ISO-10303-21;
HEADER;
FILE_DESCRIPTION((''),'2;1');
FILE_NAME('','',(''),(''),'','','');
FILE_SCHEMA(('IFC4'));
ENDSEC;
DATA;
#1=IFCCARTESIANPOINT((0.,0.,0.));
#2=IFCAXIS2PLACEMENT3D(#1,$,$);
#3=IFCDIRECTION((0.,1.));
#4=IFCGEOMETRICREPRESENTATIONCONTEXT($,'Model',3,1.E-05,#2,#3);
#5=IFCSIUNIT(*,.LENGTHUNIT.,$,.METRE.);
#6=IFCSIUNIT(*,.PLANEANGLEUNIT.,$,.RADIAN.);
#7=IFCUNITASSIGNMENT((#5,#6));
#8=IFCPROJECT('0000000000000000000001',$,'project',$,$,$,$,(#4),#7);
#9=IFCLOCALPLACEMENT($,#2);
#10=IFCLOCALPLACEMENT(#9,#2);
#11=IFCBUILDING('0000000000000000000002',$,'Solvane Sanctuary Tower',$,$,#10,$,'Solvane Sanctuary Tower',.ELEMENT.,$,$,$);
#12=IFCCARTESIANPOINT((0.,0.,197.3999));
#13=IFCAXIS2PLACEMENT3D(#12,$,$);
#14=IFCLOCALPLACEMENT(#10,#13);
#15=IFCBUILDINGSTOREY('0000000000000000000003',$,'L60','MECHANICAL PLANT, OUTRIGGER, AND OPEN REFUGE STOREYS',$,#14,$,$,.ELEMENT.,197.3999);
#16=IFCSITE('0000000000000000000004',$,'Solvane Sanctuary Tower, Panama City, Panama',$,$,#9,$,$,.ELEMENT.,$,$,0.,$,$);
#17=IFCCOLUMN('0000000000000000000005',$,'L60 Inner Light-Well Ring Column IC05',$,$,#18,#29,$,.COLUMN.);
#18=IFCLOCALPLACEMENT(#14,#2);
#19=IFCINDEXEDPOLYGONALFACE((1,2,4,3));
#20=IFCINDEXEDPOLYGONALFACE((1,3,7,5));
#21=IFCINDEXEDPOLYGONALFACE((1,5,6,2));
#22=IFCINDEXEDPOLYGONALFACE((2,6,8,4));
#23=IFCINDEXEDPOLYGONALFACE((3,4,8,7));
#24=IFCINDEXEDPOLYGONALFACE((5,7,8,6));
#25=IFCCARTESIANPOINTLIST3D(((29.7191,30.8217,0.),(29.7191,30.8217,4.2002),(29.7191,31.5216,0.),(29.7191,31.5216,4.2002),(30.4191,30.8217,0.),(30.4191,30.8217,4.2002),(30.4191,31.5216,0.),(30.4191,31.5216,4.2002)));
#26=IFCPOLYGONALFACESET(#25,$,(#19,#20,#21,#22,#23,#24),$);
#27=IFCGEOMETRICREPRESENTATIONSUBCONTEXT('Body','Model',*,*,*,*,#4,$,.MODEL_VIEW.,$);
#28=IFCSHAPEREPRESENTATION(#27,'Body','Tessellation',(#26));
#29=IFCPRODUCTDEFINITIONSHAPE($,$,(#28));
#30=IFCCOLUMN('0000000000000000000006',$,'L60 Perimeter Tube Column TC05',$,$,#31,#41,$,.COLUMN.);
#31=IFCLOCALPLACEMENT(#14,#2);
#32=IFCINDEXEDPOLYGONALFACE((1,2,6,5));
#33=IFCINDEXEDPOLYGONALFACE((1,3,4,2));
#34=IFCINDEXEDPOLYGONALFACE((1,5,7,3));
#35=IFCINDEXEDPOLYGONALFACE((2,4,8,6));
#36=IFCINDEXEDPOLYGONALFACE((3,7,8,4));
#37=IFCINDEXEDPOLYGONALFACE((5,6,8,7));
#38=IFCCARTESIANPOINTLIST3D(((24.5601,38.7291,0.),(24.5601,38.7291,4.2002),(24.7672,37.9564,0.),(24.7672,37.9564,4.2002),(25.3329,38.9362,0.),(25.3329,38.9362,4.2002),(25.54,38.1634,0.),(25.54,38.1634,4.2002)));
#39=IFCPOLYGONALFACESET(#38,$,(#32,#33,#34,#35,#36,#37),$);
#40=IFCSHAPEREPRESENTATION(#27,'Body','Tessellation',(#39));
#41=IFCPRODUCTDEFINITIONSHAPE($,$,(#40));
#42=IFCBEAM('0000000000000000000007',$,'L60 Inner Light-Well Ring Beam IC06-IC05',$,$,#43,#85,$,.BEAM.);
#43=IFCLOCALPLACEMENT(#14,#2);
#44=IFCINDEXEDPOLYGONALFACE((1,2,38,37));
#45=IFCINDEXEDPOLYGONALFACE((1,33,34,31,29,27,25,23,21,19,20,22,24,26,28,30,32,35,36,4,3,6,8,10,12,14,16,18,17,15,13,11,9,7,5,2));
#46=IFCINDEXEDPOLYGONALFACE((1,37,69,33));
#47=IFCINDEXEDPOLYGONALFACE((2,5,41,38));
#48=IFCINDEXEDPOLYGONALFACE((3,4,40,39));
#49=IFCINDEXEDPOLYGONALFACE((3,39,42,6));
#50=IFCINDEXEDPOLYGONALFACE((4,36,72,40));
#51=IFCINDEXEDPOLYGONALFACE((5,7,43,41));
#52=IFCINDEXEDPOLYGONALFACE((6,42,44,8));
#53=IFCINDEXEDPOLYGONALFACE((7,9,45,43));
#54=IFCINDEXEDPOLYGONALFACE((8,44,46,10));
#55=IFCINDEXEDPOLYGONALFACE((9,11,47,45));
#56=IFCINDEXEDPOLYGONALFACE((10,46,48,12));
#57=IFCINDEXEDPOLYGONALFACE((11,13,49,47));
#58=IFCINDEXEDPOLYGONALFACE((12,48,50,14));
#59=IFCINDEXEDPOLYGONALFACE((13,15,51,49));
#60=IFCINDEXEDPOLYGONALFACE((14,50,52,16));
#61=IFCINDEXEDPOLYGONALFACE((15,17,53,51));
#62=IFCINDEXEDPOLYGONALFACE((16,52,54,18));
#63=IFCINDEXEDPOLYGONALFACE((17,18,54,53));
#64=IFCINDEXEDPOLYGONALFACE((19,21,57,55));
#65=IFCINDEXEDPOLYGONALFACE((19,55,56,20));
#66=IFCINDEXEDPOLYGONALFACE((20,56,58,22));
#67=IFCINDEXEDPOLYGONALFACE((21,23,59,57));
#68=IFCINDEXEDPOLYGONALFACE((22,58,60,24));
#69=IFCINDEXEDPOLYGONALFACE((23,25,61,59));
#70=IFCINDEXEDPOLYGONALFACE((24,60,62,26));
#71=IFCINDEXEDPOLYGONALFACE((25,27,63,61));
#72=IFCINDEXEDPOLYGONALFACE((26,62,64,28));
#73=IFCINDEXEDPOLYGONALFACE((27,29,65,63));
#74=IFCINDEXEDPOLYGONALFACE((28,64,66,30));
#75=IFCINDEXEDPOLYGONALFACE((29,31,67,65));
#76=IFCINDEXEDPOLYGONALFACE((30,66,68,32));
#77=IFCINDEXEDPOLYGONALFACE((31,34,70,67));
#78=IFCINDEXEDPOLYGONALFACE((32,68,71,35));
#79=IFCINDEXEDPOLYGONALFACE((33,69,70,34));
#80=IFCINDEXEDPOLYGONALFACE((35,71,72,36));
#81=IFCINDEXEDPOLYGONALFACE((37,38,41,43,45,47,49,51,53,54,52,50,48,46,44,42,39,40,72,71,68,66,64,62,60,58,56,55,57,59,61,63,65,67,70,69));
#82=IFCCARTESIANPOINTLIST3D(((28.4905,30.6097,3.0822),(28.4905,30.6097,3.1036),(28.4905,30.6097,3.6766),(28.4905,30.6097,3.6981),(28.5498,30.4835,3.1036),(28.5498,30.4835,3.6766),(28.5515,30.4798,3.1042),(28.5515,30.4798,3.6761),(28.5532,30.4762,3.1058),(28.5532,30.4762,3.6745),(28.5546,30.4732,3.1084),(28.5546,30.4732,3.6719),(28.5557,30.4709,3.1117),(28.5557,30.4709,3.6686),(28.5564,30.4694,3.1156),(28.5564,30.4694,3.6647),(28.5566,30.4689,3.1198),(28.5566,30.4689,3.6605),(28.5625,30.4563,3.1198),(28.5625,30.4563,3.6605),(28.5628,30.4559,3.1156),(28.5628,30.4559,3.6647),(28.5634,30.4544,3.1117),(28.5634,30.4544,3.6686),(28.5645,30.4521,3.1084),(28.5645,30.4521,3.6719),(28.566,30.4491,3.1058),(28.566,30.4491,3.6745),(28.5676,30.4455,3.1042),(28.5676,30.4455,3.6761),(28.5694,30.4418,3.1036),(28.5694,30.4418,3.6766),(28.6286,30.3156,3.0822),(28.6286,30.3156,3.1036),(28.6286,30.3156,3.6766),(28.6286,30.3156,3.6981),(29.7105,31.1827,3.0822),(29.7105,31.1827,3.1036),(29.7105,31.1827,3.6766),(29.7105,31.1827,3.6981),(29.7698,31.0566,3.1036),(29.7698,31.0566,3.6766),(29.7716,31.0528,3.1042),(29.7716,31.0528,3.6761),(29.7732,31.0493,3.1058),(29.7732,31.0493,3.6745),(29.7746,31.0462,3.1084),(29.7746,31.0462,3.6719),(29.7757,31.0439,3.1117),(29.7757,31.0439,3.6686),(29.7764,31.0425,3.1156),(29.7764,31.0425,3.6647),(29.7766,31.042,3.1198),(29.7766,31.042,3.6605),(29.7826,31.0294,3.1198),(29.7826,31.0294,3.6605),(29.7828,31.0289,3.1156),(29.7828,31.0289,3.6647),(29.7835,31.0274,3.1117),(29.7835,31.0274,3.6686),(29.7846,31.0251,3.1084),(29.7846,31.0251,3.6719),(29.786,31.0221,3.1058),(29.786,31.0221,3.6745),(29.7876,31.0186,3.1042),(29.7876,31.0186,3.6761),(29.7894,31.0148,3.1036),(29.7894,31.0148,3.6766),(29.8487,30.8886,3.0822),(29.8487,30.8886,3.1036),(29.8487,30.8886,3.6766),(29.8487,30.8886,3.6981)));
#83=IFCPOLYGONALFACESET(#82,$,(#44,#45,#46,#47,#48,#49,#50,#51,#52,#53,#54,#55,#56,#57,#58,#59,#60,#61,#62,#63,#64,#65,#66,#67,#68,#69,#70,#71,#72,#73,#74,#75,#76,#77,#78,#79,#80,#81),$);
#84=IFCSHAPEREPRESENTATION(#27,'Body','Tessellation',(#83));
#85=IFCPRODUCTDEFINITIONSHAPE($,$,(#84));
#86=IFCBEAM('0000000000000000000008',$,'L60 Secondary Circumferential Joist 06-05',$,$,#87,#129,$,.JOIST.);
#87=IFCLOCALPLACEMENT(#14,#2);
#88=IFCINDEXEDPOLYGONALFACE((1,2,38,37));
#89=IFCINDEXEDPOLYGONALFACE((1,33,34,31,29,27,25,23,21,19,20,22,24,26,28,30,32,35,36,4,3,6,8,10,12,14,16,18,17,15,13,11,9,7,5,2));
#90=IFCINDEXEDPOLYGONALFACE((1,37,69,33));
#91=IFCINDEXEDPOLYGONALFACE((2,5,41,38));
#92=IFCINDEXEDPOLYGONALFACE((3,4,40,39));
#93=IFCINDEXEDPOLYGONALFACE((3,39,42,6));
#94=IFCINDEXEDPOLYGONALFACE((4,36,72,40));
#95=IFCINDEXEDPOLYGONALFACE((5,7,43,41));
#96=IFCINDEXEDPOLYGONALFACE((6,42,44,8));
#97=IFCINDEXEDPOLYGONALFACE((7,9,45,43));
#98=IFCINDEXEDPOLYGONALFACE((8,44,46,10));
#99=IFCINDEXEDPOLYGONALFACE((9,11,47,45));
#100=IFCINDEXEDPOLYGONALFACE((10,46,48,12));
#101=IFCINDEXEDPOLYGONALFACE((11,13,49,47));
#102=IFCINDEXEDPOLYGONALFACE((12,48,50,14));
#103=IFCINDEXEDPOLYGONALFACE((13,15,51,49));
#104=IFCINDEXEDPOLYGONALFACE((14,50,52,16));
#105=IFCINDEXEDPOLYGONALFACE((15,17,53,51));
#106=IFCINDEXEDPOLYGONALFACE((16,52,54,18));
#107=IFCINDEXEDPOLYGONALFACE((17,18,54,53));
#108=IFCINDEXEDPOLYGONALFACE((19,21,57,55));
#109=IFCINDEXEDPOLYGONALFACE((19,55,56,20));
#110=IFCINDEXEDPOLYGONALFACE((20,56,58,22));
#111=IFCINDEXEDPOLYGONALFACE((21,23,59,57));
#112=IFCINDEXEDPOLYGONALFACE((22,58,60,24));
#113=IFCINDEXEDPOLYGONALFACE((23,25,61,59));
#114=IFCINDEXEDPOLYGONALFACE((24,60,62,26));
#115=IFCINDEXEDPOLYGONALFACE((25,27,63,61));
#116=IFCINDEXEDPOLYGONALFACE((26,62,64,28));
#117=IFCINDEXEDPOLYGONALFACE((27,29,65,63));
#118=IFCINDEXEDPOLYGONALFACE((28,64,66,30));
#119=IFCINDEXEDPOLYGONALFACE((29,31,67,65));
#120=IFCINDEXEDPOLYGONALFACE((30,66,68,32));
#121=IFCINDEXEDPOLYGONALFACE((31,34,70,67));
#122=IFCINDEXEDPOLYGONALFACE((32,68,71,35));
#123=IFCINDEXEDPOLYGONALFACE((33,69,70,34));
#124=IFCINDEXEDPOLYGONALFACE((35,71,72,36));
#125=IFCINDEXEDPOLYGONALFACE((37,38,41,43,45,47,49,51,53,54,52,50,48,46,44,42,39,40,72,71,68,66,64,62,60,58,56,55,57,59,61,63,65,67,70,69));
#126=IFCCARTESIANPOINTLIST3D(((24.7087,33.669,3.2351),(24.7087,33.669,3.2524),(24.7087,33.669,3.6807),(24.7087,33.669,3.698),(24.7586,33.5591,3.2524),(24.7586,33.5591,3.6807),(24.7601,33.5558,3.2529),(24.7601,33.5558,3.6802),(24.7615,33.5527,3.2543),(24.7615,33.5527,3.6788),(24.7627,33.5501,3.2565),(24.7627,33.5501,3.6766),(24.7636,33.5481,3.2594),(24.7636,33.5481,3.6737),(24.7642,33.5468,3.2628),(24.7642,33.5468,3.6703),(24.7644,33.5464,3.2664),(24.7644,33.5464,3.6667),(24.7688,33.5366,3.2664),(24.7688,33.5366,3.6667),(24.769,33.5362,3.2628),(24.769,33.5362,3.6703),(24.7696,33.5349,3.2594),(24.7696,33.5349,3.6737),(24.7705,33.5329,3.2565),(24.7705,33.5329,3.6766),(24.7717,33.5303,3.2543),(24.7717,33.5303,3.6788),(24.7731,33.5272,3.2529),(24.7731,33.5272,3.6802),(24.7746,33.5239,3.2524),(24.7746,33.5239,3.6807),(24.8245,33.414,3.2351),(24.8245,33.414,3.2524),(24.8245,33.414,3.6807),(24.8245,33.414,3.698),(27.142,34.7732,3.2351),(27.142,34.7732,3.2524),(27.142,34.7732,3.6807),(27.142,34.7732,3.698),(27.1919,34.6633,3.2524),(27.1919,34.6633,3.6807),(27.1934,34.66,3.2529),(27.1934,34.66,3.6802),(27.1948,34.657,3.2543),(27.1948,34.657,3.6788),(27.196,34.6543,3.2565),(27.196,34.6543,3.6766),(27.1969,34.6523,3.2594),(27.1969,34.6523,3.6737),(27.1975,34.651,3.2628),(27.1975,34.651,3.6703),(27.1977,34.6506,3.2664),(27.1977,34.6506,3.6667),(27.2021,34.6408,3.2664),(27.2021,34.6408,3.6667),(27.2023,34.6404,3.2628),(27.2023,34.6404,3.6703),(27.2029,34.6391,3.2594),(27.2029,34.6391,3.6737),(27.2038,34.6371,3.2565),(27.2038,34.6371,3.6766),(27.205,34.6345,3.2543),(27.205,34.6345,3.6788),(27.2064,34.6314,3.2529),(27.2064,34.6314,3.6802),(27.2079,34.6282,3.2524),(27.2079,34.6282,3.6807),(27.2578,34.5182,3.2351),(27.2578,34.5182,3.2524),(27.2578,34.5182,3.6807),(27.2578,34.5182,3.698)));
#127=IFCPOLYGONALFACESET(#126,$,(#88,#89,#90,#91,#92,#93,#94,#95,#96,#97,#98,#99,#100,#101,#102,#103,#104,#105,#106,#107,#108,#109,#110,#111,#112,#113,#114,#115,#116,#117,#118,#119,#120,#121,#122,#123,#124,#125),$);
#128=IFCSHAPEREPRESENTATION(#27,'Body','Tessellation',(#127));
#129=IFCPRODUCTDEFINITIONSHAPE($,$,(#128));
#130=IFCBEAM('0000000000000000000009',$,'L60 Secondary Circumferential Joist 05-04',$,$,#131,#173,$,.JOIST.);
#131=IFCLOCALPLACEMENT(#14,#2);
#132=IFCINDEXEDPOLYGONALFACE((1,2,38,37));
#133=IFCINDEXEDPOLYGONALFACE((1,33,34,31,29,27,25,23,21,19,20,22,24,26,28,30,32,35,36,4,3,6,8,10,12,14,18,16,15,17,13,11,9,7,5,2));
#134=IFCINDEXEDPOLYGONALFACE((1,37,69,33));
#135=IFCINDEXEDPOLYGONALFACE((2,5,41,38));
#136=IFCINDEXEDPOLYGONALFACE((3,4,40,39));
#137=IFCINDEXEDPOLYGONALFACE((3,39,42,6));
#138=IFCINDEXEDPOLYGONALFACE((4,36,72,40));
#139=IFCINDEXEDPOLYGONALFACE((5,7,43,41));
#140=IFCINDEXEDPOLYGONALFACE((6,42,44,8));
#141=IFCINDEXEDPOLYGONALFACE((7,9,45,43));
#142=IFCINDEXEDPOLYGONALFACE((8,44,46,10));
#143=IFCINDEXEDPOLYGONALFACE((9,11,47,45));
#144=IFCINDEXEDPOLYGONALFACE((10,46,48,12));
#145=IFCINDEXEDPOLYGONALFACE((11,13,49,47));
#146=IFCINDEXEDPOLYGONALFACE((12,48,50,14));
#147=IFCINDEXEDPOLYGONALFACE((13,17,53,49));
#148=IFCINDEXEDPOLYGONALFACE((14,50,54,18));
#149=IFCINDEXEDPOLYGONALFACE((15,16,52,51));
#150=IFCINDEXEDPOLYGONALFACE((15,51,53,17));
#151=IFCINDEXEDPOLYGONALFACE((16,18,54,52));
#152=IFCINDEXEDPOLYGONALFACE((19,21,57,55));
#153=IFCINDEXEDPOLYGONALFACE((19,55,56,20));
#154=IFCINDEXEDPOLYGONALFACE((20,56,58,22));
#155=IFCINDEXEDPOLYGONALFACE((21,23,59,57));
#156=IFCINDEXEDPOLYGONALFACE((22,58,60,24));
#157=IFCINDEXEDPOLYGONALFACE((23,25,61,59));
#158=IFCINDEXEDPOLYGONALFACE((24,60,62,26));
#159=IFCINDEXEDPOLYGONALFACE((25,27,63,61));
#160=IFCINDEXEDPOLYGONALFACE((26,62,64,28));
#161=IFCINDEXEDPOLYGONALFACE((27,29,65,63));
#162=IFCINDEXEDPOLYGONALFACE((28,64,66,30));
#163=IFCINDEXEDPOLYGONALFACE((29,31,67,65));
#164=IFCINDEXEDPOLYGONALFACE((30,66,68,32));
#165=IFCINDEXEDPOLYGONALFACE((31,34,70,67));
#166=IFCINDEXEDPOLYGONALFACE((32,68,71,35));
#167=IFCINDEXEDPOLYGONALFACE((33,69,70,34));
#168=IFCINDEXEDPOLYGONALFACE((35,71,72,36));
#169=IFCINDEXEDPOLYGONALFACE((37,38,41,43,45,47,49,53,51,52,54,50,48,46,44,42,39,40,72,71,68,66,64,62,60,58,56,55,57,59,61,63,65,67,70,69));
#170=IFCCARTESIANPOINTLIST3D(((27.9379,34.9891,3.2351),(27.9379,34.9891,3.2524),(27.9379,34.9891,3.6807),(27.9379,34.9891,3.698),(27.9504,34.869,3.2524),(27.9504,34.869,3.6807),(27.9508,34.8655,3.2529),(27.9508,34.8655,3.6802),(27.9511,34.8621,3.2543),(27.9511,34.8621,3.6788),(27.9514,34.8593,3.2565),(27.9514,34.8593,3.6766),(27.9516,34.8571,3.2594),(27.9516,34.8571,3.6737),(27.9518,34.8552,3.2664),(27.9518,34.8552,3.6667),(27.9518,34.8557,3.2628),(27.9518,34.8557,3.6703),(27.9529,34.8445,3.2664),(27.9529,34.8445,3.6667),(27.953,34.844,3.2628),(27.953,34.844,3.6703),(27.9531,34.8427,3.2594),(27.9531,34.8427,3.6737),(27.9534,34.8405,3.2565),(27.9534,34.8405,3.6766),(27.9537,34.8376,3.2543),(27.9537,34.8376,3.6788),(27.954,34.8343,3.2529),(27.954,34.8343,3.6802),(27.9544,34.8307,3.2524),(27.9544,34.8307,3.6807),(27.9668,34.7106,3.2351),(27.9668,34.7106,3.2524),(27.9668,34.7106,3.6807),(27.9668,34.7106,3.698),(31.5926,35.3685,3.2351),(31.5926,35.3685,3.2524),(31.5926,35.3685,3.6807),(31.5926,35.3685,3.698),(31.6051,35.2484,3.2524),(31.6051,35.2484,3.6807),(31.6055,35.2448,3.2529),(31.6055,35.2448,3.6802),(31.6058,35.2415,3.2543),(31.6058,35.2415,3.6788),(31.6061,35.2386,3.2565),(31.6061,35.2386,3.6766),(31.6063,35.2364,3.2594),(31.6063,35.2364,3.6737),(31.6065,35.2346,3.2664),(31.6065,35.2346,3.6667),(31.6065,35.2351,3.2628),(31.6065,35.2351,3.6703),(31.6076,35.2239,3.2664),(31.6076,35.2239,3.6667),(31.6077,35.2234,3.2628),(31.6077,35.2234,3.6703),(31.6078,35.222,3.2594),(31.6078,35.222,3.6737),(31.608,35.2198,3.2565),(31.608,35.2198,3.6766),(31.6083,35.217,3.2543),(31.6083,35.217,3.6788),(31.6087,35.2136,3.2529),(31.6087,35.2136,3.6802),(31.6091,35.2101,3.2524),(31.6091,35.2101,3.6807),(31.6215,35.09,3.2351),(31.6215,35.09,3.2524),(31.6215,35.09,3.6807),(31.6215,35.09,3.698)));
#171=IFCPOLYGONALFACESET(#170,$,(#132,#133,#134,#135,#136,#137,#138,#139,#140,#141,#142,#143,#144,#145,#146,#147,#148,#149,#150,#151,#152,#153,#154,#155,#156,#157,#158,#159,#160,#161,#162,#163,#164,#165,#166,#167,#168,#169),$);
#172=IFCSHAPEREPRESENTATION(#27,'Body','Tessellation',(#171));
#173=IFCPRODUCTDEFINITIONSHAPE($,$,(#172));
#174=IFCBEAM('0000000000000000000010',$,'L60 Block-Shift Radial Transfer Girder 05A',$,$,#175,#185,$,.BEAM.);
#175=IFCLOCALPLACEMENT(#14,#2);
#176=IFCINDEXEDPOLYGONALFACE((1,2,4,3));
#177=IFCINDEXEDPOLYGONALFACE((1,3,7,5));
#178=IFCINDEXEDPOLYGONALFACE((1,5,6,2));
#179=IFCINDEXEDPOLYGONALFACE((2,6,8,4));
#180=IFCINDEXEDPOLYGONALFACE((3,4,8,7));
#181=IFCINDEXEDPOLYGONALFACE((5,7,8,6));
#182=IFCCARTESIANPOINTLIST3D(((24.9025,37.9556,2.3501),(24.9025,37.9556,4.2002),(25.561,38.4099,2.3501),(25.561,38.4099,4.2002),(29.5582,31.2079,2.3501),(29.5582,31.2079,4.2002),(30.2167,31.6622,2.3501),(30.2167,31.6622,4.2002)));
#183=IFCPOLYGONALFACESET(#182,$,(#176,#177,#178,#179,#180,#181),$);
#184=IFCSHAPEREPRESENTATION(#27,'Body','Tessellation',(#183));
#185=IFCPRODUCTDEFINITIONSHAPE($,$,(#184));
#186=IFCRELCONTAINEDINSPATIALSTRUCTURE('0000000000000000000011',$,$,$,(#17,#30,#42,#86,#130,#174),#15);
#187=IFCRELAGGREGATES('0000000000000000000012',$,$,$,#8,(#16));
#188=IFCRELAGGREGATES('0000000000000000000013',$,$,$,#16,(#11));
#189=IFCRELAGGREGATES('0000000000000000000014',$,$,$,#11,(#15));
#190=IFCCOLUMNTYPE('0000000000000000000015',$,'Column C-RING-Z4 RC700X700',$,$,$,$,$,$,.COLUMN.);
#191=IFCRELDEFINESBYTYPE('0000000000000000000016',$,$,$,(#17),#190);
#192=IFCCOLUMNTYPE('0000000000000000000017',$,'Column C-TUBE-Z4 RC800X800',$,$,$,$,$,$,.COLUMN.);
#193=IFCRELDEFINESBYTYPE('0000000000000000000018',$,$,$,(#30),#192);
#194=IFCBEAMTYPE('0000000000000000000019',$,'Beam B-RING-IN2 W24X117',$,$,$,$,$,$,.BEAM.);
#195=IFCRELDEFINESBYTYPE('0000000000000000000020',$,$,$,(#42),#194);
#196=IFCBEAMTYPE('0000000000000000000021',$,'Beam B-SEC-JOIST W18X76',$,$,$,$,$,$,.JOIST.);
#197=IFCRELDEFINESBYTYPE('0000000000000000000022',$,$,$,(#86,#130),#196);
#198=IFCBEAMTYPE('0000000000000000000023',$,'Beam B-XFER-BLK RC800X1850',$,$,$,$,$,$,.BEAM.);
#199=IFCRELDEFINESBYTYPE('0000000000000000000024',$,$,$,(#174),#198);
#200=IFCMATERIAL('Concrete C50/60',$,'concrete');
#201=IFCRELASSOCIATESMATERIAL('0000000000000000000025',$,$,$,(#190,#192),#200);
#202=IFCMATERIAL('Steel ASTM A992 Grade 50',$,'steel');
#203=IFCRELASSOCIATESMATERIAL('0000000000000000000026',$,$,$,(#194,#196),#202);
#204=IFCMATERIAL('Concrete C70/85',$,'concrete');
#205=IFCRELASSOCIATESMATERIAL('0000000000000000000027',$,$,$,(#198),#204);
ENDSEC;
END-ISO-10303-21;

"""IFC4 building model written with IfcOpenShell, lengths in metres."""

from ifc_helpers import new_model, si_unit, direction, frame, origin, origin_2d, place, context, subcontext, project, spatial, rectangle, i_section, extrude, material, material_profile, profile_set, type_object, element, save


model = new_model("IFC4")

# Units and contexts
model_context = context("Model", 3, precision=1e-05, world=origin(), true_north=direction((0.0, 1.0)))
body_context = subcontext(model_context, "Body", "Model", "MODEL_VIEW")
ifc_project = project(units=[si_unit("LENGTHUNIT", "METRE"), si_unit("PLANEANGLEUNIT", "RADIAN")], contexts=[model_context])

# Site, building, storey
site_placement = place(None, origin())
site = spatial("IfcSite", under=ifc_project, at=site_placement, Name="Solvane Sanctuary Tower, Panama City, Panama", CompositionType="ELEMENT", RefElevation=0.0)
building_placement = place(site_placement, origin())
building = spatial("IfcBuilding", under=site, at=building_placement, Name="Solvane Sanctuary Tower", LongName="Solvane Sanctuary Tower", CompositionType="ELEMENT")
storey_placement = place(building_placement, frame((0.0, 0.0, 197.3999)))
storey = spatial("IfcBuildingStorey", under=building, at=storey_placement, Name="L60", Description="MECHANICAL PLANT, OUTRIGGER, AND OPEN REFUGE STOREYS", CompositionType="ELEMENT", Elevation=197.3999)

# Columns
ifc_material_1 = material(Name="Concrete C50/60", Category="concrete")
ifc_material_profile_1 = material_profile(ifc_material_1, rectangle(XDim=0.7, YDim=0.7, at=origin_2d()), Name="RC700X700")
ifc_profile_set_1 = profile_set([ifc_material_profile_1], Name="Concrete C50/60")
column_type_1 = type_object("IfcColumnType", Name="Column C-RING-Z4 RC700X700", PredefinedType="COLUMN", material=ifc_profile_set_1)
column_1_placement = place(storey_placement, frame((30.0691, 31.1716, 0.0), z_axis=(0.0, 0.0, 1.0), x_axis=(1.0, 0.0, 0.0)))
element("IfcColumn", 1, at=column_1_placement, inside=storey, type_object=column_type_1, Name="L60 Inner Light-Well Ring Column IC05", PredefinedType="COLUMN", context=body_context, shape_type="SweptSolid", body=[
    extrude(rectangle(XDim=0.7, YDim=0.7, at=origin_2d()), origin(), (0.0, 0.0, 1.0), 4.2002),
])
ifc_material_profile_2 = material_profile(ifc_material_1, rectangle(XDim=0.8, YDim=0.8, at=origin_2d()), Name="RC800X800")
ifc_profile_set_2 = profile_set([ifc_material_profile_2], Name="Concrete C50/60")
column_type_2 = type_object("IfcColumnType", Name="Column C-TUBE-Z4 RC800X800", PredefinedType="COLUMN", material=ifc_profile_set_2)
column_2_placement = place(storey_placement, frame((25.05, 38.4463, 0.0), z_axis=(0.0, 0.0, 1.0), x_axis=(-0.258819, 0.965926, 0.0)))
element("IfcColumn", 2, at=column_2_placement, inside=storey, type_object=column_type_2, Name="L60 Perimeter Tube Column TC05", PredefinedType="COLUMN", context=body_context, shape_type="SweptSolid", body=[
    extrude(rectangle(XDim=0.8, YDim=0.8, at=origin_2d()), origin(), (0.0, 0.0, 1.0), 4.2002),
])

# Beams
ifc_material_2 = material(Name="Steel ASTM A992 Grade 50", Category="steel")
ifc_material_profile_3 = material_profile(ifc_material_2, i_section(OverallWidth=0.325, OverallDepth=0.616, WebThickness=0.0139, FlangeThickness=0.0215, FilletRadius=0.0161, at=origin_2d()), Name="W24X117")
ifc_profile_set_3 = profile_set([ifc_material_profile_3], Name="Steel ASTM A992 Grade 50")
beam_type_1 = type_object("IfcBeamType", Name="Beam B-RING-IN2 W24X117", PredefinedType="BEAM", material=ifc_profile_set_3)
beam_1_placement = place(storey_placement, frame((28.5596, 30.4626, 3.3901), z_axis=(0.905135, 0.425125, 0.0), x_axis=(-0.425125, 0.905135, 0.0)))
element("IfcBeam", 3, at=beam_1_placement, inside=storey, type_object=beam_type_1, Name="L60 Inner Light-Well Ring Beam IC06-IC05", PredefinedType="BEAM", context=body_context, shape_type="SweptSolid", body=[
    extrude(i_section(OverallWidth=0.325, OverallDepth=0.616, WebThickness=0.0139, FlangeThickness=0.0215, FilletRadius=0.0161, at=origin_2d()), origin(), (0.0, 0.0, 1.0), 1.3479),
])
ifc_material_profile_4 = material_profile(ifc_material_2, i_section(OverallWidth=0.28, OverallDepth=0.4629, WebThickness=0.0107, FlangeThickness=0.0173, FilletRadius=0.0139, at=origin_2d()), Name="W18X76")
ifc_profile_set_4 = profile_set([ifc_material_profile_4], Name="Steel ASTM A992 Grade 50")
beam_type_2 = type_object("IfcBeamType", Name="Beam B-SEC-JOIST W18X76", PredefinedType="JOIST", material=ifc_profile_set_4)
beam_2_placement = place(storey_placement, frame((24.7666, 33.5415, 3.4666), z_axis=(0.910623, 0.413238, 0.0), x_axis=(-0.413238, 0.910623, 0.0)))
element("IfcBeam", 4, at=beam_2_placement, inside=storey, type_object=beam_type_2, Name="L60 Secondary Circumferential Joist 06-05", PredefinedType="JOIST", context=body_context, shape_type="SweptSolid", body=[
    extrude(i_section(OverallWidth=0.28, OverallDepth=0.4629, WebThickness=0.0107, FlangeThickness=0.0173, FilletRadius=0.0139, at=origin_2d()), origin(), (0.0, 0.0, 1.0), 2.6721),
])
beam_3_placement = place(storey_placement, frame((27.9524, 34.8499, 3.4666), z_axis=(0.994655, 0.103253, 0.0), x_axis=(-0.103253, 0.994655, 0.0)))
element("IfcBeam", 5, at=beam_3_placement, inside=storey, type_object=beam_type_2, Name="L60 Secondary Circumferential Joist 05-04", PredefinedType="JOIST", context=body_context, shape_type="SweptSolid", body=[
    extrude(i_section(OverallWidth=0.28, OverallDepth=0.4629, WebThickness=0.0107, FlangeThickness=0.0173, FilletRadius=0.0139, at=origin_2d()), origin(), (0.0, 0.0, 1.0), 3.6743),
])
ifc_material_3 = material(Name="Concrete C70/85", Category="concrete")
ifc_material_profile_5 = material_profile(ifc_material_3, rectangle(XDim=0.8, YDim=1.8501, at=origin_2d()), Name="RC800X1850")
ifc_profile_set_5 = profile_set([ifc_material_profile_5], Name="Concrete C70/85")
beam_type_3 = type_object("IfcBeamType", Name="Beam B-XFER-BLK RC800X1850", PredefinedType="BEAM", material=ifc_profile_set_5)
beam_4_placement = place(storey_placement, frame((29.8875, 31.4351, 3.2751), z_axis=(-0.567907, 0.823093, 0.0), x_axis=(-0.823093, -0.567907, 0.0)))
element("IfcBeam", 6, at=beam_4_placement, inside=storey, type_object=beam_type_3, Name="L60 Block-Shift Radial Transfer Girder 05A", PredefinedType="BEAM", context=body_context, shape_type="SweptSolid", body=[
    extrude(rectangle(XDim=0.8, YDim=1.8501, at=origin_2d()), origin(), (0.0, 0.0, 1.0), 8.198),
])

save(model, "model.ifc")
